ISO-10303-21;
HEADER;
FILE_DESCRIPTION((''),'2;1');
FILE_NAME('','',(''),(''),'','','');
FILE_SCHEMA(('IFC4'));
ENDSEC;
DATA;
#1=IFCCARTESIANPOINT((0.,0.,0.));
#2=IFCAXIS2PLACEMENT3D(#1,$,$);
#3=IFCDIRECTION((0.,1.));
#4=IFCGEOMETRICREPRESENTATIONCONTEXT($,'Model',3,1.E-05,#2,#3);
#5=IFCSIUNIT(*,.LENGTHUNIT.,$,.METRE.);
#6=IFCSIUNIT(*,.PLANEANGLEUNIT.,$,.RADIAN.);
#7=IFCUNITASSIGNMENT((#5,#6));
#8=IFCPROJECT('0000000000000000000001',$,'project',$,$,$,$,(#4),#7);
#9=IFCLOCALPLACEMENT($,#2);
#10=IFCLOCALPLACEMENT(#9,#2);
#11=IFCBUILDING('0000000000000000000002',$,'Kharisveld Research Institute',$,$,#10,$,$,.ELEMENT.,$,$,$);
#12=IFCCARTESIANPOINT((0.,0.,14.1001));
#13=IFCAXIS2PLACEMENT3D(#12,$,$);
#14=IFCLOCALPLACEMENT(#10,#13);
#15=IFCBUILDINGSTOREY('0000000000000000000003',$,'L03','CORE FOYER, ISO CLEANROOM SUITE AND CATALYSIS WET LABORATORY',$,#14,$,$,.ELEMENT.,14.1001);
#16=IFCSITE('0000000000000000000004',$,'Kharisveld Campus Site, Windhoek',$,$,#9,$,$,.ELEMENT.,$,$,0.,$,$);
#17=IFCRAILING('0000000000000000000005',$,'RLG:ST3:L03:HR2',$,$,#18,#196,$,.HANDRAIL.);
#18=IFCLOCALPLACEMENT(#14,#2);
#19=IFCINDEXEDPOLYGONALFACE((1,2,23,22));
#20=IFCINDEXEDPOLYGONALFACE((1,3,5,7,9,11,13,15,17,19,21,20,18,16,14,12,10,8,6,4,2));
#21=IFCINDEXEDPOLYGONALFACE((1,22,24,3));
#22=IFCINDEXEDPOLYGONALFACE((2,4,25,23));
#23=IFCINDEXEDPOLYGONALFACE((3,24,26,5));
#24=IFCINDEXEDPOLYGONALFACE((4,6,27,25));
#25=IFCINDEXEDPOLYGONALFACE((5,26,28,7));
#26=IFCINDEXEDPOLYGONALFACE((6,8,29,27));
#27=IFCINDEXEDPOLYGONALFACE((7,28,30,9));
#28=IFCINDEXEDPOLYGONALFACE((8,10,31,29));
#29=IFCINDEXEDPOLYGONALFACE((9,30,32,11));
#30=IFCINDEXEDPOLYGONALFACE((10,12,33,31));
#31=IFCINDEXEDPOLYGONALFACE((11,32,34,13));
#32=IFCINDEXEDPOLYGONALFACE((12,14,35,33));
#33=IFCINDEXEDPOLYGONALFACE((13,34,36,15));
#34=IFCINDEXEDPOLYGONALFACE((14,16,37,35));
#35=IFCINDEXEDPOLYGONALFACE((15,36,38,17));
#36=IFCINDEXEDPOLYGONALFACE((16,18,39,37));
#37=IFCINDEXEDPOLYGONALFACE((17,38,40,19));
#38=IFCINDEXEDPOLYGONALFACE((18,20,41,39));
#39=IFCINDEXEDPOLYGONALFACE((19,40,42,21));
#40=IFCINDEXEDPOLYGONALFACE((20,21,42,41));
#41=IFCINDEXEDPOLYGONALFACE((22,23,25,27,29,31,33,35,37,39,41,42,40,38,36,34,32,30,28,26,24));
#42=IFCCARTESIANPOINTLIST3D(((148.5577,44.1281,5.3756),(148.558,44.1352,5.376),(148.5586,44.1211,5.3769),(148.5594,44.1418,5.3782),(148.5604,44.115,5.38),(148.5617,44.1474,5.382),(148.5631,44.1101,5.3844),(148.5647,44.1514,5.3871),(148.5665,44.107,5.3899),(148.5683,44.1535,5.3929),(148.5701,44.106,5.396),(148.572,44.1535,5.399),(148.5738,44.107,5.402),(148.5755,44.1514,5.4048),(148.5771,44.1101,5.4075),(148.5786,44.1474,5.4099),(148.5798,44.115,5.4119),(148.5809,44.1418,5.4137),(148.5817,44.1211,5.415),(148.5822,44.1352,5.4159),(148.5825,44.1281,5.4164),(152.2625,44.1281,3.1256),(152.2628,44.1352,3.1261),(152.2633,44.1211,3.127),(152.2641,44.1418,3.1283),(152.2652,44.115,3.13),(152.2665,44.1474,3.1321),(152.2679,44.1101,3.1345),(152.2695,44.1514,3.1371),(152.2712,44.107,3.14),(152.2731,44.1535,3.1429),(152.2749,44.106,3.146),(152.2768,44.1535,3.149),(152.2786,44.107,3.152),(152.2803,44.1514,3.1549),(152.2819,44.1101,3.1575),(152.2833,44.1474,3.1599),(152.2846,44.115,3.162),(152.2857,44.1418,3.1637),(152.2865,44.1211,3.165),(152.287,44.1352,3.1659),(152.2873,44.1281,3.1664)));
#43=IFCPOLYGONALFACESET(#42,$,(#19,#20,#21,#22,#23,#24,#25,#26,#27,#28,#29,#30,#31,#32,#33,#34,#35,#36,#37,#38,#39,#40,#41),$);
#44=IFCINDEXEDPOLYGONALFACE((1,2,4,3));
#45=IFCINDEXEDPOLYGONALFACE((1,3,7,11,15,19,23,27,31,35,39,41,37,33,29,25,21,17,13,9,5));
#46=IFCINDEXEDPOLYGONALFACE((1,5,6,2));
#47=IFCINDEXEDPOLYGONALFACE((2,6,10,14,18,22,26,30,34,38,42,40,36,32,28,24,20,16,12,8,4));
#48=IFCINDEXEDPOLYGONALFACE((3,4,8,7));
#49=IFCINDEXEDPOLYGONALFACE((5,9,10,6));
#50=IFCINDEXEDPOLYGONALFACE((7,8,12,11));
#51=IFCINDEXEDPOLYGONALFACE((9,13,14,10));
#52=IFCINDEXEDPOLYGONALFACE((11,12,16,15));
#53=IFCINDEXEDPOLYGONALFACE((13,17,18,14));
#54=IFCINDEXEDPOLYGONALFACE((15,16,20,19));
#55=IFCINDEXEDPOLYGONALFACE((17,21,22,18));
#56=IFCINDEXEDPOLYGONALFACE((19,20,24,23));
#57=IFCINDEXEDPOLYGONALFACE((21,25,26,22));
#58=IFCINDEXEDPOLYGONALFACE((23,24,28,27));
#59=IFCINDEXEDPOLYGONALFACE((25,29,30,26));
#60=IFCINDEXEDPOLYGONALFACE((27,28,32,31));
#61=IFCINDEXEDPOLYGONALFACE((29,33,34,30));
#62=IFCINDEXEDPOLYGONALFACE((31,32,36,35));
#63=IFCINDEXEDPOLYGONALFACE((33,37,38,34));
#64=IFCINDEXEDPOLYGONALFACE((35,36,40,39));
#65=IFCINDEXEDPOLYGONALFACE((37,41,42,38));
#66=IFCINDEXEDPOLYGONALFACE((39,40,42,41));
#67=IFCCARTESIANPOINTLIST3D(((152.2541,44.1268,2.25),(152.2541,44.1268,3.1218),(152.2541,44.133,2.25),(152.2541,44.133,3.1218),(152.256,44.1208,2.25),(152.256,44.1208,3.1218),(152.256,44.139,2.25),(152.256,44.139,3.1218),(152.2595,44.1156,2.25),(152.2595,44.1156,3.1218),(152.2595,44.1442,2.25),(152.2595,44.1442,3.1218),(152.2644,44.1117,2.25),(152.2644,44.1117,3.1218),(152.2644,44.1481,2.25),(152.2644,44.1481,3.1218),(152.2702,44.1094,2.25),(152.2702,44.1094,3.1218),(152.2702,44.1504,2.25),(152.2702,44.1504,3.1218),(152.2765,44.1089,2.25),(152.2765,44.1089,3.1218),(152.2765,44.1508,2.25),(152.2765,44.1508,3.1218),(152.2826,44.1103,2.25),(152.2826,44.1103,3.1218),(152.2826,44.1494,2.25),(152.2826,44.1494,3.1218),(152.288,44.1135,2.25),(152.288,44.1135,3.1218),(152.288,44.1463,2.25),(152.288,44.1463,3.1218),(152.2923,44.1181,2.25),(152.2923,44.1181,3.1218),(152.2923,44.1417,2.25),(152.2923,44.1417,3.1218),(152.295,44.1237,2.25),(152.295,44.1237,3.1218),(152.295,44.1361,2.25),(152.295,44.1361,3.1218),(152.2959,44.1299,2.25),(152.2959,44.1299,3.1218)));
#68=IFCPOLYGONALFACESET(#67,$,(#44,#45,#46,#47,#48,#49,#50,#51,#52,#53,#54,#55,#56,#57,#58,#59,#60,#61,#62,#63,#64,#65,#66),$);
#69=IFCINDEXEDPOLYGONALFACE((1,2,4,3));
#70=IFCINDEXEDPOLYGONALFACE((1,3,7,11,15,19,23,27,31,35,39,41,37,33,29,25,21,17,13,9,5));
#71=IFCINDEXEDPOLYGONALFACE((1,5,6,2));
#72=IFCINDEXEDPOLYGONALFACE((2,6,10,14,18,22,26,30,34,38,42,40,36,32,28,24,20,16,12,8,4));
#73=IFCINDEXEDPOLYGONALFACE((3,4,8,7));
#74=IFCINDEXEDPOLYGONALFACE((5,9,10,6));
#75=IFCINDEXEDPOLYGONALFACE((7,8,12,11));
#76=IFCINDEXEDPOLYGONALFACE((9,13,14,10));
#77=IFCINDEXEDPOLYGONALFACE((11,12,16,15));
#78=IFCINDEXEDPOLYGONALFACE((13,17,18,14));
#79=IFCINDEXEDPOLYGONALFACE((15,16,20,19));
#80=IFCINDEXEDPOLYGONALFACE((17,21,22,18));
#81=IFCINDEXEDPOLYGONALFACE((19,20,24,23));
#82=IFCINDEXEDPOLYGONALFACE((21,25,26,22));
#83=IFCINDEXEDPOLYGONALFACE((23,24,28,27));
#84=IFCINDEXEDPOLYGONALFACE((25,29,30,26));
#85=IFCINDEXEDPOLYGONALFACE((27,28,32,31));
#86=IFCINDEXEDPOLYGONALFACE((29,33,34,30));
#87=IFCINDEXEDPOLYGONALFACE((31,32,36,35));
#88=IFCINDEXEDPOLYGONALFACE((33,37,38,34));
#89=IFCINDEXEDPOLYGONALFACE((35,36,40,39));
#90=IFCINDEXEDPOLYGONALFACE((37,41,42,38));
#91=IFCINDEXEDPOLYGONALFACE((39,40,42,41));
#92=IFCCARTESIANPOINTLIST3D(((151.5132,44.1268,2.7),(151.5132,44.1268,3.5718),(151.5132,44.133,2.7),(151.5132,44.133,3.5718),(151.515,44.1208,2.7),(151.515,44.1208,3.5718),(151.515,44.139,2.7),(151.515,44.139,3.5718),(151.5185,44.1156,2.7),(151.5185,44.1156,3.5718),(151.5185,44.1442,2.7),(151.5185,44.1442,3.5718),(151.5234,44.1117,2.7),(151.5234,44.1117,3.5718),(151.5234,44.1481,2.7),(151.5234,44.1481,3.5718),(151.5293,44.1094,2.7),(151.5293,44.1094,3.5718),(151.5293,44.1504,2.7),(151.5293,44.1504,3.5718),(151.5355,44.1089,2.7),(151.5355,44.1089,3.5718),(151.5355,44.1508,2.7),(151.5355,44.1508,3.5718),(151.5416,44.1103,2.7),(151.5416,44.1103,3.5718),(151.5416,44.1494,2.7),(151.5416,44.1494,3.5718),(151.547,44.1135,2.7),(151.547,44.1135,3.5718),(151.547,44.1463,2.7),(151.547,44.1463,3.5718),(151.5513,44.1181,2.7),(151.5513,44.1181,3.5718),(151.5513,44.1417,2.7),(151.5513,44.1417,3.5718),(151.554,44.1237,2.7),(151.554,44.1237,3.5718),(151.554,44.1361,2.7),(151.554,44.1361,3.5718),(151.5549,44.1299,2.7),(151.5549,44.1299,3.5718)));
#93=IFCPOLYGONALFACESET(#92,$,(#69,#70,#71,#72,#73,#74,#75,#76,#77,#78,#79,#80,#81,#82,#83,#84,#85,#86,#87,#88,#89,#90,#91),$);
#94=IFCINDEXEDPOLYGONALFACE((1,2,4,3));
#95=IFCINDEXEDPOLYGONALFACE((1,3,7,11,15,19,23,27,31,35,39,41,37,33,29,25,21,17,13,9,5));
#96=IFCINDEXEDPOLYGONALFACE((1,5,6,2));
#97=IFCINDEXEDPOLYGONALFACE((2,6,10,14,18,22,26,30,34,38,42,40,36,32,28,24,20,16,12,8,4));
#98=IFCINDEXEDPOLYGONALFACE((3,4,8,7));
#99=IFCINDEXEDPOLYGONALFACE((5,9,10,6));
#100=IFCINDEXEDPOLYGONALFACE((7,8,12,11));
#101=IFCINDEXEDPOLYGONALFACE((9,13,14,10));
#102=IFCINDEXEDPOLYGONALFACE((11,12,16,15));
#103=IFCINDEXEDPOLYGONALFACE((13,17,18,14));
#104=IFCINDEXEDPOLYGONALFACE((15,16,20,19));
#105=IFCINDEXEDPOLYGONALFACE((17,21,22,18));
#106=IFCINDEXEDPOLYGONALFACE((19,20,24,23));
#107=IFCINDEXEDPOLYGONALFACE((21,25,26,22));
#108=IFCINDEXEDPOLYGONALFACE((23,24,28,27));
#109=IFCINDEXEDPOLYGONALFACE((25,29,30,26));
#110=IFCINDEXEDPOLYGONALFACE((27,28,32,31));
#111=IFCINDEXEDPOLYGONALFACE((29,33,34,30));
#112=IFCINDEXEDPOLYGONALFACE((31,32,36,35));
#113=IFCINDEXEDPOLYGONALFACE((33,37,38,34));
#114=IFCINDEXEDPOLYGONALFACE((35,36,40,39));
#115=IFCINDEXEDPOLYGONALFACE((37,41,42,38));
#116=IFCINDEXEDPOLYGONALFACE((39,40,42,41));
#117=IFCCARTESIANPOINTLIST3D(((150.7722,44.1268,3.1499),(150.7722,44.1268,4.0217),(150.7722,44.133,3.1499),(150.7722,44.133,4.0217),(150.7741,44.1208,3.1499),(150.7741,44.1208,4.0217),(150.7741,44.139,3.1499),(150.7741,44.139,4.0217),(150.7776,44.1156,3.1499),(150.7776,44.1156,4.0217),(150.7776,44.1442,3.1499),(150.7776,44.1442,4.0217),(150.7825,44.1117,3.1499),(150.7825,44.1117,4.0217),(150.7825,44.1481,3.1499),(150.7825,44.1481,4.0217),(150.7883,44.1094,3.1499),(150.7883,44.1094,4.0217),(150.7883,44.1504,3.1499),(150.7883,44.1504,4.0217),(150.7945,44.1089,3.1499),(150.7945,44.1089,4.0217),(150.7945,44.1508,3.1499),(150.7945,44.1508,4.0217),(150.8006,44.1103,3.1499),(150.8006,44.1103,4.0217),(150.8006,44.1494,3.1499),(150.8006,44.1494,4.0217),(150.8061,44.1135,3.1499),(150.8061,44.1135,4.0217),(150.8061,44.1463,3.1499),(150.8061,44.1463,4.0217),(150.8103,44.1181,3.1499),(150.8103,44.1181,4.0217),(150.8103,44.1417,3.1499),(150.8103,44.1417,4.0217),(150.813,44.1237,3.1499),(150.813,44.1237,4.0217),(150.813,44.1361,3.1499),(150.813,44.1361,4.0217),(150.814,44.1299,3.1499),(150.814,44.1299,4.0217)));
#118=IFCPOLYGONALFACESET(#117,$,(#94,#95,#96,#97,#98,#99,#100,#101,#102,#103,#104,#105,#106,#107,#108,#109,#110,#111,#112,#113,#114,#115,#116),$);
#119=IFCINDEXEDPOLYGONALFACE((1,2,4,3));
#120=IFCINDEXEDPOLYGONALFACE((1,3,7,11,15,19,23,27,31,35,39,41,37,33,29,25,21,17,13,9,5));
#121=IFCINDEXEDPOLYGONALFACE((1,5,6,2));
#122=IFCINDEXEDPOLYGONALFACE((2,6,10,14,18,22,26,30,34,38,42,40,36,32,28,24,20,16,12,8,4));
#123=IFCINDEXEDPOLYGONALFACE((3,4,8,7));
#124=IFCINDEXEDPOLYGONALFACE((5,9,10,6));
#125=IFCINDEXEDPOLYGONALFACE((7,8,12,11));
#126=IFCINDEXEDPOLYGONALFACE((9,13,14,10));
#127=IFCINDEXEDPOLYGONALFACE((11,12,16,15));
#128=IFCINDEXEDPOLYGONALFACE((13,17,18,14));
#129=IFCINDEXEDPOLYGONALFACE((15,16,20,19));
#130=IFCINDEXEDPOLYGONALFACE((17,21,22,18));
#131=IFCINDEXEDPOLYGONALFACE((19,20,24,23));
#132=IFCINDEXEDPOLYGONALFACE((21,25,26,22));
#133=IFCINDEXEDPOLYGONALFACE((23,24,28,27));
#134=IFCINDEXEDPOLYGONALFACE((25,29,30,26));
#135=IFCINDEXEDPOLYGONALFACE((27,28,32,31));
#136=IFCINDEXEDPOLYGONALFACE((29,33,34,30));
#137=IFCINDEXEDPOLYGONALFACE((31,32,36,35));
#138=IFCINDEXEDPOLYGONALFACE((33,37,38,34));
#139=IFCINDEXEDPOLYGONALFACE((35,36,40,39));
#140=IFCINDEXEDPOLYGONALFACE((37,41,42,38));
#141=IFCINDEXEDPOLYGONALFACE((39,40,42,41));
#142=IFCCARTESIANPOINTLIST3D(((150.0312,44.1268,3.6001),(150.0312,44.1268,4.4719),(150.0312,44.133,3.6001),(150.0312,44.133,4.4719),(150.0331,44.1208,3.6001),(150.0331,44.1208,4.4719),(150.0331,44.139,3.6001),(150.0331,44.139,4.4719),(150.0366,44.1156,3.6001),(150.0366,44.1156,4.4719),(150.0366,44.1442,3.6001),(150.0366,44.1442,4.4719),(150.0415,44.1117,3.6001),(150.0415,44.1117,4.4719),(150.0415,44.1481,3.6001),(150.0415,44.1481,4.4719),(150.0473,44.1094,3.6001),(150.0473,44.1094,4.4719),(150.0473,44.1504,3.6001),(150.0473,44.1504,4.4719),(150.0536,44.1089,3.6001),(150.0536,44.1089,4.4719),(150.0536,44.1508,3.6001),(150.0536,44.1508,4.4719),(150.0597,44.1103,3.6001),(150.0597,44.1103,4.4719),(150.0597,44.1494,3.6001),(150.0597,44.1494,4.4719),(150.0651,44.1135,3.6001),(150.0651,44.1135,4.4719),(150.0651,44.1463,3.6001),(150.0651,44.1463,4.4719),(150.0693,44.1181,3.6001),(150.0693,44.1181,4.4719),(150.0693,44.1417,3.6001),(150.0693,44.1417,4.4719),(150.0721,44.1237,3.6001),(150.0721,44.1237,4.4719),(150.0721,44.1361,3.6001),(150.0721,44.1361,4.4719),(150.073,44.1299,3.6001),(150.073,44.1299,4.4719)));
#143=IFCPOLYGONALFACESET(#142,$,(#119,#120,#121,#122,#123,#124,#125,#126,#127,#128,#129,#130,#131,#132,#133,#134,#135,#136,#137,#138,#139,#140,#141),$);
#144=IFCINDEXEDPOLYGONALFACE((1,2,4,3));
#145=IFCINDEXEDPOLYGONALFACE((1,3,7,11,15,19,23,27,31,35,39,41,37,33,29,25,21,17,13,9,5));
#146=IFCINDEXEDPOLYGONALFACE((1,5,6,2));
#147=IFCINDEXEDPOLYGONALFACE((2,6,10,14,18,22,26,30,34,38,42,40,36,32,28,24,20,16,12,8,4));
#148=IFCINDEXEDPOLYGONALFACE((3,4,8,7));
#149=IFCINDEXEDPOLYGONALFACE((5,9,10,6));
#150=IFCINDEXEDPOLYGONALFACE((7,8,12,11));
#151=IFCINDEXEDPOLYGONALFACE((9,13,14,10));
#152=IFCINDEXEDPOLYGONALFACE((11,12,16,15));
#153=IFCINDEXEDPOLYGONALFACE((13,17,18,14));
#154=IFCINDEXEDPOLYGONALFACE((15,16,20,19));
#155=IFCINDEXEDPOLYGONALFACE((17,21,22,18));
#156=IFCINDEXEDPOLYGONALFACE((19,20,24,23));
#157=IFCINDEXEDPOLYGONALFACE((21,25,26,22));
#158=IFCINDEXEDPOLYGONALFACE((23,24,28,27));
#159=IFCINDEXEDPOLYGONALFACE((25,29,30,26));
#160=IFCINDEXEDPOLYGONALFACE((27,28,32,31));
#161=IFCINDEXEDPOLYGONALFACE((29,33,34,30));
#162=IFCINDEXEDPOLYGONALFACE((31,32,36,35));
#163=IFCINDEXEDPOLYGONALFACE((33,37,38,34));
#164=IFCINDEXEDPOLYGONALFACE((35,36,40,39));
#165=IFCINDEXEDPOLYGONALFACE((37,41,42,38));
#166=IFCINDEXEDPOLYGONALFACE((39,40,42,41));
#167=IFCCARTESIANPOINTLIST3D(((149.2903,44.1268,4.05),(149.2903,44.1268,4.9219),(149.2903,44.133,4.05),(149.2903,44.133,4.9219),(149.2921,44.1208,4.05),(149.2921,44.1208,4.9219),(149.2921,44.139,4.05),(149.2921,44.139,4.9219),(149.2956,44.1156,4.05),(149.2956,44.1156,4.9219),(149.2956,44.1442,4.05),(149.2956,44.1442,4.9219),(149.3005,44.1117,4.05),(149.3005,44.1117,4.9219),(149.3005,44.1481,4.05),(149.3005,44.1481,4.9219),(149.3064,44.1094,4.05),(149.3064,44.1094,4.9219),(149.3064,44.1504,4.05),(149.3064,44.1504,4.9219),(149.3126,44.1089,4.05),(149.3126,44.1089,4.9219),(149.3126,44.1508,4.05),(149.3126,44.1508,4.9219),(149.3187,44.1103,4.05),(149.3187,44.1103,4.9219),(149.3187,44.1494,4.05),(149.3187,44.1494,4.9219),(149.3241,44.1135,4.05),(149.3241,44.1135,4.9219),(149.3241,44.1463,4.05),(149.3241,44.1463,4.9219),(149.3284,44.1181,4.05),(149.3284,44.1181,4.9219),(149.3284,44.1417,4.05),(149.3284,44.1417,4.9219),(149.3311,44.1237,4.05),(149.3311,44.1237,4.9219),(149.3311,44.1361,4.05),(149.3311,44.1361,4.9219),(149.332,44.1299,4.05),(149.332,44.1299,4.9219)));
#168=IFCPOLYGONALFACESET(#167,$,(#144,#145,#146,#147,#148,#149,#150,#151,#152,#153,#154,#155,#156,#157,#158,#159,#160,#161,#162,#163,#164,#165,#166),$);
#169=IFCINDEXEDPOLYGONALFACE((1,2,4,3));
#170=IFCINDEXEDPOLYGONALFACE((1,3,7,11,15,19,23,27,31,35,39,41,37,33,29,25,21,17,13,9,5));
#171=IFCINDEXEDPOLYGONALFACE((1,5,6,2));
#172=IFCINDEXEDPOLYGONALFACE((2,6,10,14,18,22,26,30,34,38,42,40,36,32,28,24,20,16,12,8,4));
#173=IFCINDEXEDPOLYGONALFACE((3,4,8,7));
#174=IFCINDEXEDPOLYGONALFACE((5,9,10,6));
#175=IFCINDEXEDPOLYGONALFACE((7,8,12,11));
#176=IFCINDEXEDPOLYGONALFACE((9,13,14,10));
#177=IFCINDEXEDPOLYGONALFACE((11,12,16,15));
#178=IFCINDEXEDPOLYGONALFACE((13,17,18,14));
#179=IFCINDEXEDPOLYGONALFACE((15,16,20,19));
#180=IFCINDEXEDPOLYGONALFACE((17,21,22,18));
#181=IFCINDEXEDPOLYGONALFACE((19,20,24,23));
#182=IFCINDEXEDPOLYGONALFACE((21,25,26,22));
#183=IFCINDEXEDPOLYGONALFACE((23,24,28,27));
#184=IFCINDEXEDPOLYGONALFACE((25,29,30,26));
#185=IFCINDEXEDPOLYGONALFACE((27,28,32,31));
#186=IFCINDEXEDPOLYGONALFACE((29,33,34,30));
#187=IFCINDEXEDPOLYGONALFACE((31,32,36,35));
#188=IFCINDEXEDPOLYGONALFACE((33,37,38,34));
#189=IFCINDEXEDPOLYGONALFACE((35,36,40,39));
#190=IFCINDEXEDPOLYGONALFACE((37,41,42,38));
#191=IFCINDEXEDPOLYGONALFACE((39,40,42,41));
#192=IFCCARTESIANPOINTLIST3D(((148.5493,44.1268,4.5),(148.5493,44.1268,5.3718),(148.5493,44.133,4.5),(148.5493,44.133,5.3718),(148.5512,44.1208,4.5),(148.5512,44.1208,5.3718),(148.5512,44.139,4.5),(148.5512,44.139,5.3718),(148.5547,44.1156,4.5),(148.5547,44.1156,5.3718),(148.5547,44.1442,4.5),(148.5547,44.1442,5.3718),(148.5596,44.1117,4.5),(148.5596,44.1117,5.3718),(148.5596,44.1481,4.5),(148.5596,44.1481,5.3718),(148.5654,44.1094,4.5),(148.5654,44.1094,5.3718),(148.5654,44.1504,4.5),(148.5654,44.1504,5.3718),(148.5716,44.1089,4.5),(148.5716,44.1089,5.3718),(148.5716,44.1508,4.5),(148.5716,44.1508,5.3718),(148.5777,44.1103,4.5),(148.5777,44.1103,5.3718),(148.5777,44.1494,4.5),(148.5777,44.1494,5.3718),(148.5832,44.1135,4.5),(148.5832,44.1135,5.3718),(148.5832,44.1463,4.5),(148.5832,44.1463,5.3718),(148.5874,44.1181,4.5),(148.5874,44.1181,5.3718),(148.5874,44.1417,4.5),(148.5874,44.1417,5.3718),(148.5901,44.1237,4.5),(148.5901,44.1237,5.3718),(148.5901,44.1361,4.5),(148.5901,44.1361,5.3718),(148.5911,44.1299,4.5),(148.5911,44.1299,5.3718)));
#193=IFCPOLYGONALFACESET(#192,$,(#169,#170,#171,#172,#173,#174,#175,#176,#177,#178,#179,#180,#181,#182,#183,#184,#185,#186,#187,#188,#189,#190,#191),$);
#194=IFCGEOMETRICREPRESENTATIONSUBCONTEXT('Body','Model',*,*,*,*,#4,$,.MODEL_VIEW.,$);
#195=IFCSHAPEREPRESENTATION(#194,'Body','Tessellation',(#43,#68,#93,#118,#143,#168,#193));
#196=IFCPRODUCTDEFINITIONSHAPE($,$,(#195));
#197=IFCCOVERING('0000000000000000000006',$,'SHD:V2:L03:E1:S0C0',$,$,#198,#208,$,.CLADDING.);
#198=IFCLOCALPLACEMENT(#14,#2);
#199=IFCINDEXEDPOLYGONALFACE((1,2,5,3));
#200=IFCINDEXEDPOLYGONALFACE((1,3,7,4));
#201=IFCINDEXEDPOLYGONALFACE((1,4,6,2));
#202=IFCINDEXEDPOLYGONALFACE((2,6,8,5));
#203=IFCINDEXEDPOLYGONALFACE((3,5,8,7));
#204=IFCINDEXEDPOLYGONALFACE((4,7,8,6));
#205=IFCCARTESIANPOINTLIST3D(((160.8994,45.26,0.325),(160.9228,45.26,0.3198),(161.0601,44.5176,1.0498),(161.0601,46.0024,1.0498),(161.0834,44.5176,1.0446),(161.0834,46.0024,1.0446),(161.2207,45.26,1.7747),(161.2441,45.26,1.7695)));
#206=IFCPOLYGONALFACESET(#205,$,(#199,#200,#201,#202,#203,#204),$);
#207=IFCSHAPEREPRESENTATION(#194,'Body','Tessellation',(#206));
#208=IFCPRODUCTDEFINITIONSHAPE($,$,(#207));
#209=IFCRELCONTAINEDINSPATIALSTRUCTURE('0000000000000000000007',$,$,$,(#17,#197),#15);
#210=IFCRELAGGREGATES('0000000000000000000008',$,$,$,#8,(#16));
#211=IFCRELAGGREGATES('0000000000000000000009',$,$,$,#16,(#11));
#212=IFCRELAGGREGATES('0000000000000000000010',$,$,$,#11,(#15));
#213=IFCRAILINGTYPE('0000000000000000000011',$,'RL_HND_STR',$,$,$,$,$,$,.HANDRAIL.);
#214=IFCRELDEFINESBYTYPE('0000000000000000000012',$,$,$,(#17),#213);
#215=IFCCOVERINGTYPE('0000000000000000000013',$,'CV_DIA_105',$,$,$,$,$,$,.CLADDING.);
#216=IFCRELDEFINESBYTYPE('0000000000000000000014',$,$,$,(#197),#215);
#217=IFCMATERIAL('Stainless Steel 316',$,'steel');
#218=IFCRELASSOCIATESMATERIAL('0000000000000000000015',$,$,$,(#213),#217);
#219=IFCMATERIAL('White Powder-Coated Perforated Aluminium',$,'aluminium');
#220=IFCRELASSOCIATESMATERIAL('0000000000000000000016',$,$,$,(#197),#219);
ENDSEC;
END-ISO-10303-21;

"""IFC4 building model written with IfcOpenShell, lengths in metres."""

from ifc_helpers import new_model, si_unit, direction, frame, origin, origin_2d, place, context, subcontext, project, spatial, polyline, circle, outline, extrude, material, type_object, element, save


model = new_model("IFC4")

# Units and contexts
model_context = context("Model", 3, precision=1e-05, world=origin(), true_north=direction((0.0, 1.0)))
body_context = subcontext(model_context, "Body", "Model", "MODEL_VIEW")
ifc_project = project(units=[si_unit("LENGTHUNIT", "METRE"), si_unit("PLANEANGLEUNIT", "RADIAN")], contexts=[model_context])

# Site, building, storey
site_placement = place(None, origin())
site = spatial("IfcSite", under=ifc_project, at=site_placement, Name="Kharisveld Campus Site, Windhoek", CompositionType="ELEMENT", RefElevation=0.0)
building_placement = place(site_placement, origin())
building = spatial("IfcBuilding", under=site, at=building_placement, Name="Kharisveld Research Institute", CompositionType="ELEMENT")
storey_placement = place(building_placement, frame((0.0, 0.0, 14.1001)))
storey = spatial("IfcBuildingStorey", under=building, at=storey_placement, Name="L03", Description="CORE FOYER, ISO CLEANROOM SUITE AND CATALYSIS WET LABORATORY", CompositionType="ELEMENT", Elevation=14.1001)

# Railing
ifc_material_1 = material(Name="Stainless Steel 316", Category="steel")
railing_type_1 = type_object("IfcRailingType", Name="RL_HND_STR", PredefinedType="HANDRAIL", material=ifc_material_1)
railing_1_placement = place(storey_placement, frame((152.2749, 44.1299, 2.25)))
element("IfcRailing", 1, at=railing_1_placement, inside=storey, type_object=railing_type_1, Name="RLG:ST3:L03:HR2", PredefinedType="HANDRAIL", context=body_context, shape_type="SweptSolid", body=[
    extrude(circle(Radius=0.0239, at=origin_2d()), frame((0.0, 0.0, 0.896), z_axis=(-0.854722, 0.0, 0.519085), x_axis=(0.0, -1.0, 0.0)), (0.0, 0.0, 1.0), 4.3345),
    extrude(circle(Radius=0.021, at=origin_2d()), origin(), (0.0, 0.0, 1.0), 0.8718),
    extrude(circle(Radius=0.021, at=origin_2d()), frame((-0.741, 0.0, 0.45)), (0.0, 0.0, 1.0), 0.8718),
    extrude(circle(Radius=0.021, at=origin_2d()), frame((-1.4819, 0.0, 0.8999)), (0.0, 0.0, 1.0), 0.8718),
    extrude(circle(Radius=0.021, at=origin_2d()), frame((-2.2229, 0.0, 1.3501)), (0.0, 0.0, 1.0), 0.8718),
    extrude(circle(Radius=0.021, at=origin_2d()), frame((-2.9639, 0.0, 1.8)), (0.0, 0.0, 1.0), 0.8718),
    extrude(circle(Radius=0.021, at=origin_2d()), frame((-3.7048, 0.0, 2.25)), (0.0, 0.0, 1.0), 0.8718),
])

# Covering
ifc_material_2 = material(Name="White Powder-Coated Perforated Aluminium", Category="aluminium")
covering_type = type_object("IfcCoveringType", Name="CV_DIA_105", PredefinedType="CLADDING")
for number, where, z_axis, x_axis, name in (
    (2, (160.8994, 45.26, 0.325), (-0.976311, 0.0, 0.216373), (0.153, -0.707102, 0.69036), "SHD:V2:L03:E1:S0C0"),
):
    element("IfcCovering", number, at=place(storey_placement, frame(where, z_axis=z_axis, x_axis=x_axis)), inside=storey, type_object=covering_type, material=ifc_material_2, Name=name, PredefinedType="CLADDING", context=body_context, shape_type="SweptSolid", body=[
        extrude(outline(polyline([(0.0, 0.0), (1.05, 0.0), (1.05, 1.05), (0.0, 1.05), (0.0, 0.0)])), origin(), (0.0, 0.0, -1.0), 0.0239),
    ])

save(model, "model.ifc")
